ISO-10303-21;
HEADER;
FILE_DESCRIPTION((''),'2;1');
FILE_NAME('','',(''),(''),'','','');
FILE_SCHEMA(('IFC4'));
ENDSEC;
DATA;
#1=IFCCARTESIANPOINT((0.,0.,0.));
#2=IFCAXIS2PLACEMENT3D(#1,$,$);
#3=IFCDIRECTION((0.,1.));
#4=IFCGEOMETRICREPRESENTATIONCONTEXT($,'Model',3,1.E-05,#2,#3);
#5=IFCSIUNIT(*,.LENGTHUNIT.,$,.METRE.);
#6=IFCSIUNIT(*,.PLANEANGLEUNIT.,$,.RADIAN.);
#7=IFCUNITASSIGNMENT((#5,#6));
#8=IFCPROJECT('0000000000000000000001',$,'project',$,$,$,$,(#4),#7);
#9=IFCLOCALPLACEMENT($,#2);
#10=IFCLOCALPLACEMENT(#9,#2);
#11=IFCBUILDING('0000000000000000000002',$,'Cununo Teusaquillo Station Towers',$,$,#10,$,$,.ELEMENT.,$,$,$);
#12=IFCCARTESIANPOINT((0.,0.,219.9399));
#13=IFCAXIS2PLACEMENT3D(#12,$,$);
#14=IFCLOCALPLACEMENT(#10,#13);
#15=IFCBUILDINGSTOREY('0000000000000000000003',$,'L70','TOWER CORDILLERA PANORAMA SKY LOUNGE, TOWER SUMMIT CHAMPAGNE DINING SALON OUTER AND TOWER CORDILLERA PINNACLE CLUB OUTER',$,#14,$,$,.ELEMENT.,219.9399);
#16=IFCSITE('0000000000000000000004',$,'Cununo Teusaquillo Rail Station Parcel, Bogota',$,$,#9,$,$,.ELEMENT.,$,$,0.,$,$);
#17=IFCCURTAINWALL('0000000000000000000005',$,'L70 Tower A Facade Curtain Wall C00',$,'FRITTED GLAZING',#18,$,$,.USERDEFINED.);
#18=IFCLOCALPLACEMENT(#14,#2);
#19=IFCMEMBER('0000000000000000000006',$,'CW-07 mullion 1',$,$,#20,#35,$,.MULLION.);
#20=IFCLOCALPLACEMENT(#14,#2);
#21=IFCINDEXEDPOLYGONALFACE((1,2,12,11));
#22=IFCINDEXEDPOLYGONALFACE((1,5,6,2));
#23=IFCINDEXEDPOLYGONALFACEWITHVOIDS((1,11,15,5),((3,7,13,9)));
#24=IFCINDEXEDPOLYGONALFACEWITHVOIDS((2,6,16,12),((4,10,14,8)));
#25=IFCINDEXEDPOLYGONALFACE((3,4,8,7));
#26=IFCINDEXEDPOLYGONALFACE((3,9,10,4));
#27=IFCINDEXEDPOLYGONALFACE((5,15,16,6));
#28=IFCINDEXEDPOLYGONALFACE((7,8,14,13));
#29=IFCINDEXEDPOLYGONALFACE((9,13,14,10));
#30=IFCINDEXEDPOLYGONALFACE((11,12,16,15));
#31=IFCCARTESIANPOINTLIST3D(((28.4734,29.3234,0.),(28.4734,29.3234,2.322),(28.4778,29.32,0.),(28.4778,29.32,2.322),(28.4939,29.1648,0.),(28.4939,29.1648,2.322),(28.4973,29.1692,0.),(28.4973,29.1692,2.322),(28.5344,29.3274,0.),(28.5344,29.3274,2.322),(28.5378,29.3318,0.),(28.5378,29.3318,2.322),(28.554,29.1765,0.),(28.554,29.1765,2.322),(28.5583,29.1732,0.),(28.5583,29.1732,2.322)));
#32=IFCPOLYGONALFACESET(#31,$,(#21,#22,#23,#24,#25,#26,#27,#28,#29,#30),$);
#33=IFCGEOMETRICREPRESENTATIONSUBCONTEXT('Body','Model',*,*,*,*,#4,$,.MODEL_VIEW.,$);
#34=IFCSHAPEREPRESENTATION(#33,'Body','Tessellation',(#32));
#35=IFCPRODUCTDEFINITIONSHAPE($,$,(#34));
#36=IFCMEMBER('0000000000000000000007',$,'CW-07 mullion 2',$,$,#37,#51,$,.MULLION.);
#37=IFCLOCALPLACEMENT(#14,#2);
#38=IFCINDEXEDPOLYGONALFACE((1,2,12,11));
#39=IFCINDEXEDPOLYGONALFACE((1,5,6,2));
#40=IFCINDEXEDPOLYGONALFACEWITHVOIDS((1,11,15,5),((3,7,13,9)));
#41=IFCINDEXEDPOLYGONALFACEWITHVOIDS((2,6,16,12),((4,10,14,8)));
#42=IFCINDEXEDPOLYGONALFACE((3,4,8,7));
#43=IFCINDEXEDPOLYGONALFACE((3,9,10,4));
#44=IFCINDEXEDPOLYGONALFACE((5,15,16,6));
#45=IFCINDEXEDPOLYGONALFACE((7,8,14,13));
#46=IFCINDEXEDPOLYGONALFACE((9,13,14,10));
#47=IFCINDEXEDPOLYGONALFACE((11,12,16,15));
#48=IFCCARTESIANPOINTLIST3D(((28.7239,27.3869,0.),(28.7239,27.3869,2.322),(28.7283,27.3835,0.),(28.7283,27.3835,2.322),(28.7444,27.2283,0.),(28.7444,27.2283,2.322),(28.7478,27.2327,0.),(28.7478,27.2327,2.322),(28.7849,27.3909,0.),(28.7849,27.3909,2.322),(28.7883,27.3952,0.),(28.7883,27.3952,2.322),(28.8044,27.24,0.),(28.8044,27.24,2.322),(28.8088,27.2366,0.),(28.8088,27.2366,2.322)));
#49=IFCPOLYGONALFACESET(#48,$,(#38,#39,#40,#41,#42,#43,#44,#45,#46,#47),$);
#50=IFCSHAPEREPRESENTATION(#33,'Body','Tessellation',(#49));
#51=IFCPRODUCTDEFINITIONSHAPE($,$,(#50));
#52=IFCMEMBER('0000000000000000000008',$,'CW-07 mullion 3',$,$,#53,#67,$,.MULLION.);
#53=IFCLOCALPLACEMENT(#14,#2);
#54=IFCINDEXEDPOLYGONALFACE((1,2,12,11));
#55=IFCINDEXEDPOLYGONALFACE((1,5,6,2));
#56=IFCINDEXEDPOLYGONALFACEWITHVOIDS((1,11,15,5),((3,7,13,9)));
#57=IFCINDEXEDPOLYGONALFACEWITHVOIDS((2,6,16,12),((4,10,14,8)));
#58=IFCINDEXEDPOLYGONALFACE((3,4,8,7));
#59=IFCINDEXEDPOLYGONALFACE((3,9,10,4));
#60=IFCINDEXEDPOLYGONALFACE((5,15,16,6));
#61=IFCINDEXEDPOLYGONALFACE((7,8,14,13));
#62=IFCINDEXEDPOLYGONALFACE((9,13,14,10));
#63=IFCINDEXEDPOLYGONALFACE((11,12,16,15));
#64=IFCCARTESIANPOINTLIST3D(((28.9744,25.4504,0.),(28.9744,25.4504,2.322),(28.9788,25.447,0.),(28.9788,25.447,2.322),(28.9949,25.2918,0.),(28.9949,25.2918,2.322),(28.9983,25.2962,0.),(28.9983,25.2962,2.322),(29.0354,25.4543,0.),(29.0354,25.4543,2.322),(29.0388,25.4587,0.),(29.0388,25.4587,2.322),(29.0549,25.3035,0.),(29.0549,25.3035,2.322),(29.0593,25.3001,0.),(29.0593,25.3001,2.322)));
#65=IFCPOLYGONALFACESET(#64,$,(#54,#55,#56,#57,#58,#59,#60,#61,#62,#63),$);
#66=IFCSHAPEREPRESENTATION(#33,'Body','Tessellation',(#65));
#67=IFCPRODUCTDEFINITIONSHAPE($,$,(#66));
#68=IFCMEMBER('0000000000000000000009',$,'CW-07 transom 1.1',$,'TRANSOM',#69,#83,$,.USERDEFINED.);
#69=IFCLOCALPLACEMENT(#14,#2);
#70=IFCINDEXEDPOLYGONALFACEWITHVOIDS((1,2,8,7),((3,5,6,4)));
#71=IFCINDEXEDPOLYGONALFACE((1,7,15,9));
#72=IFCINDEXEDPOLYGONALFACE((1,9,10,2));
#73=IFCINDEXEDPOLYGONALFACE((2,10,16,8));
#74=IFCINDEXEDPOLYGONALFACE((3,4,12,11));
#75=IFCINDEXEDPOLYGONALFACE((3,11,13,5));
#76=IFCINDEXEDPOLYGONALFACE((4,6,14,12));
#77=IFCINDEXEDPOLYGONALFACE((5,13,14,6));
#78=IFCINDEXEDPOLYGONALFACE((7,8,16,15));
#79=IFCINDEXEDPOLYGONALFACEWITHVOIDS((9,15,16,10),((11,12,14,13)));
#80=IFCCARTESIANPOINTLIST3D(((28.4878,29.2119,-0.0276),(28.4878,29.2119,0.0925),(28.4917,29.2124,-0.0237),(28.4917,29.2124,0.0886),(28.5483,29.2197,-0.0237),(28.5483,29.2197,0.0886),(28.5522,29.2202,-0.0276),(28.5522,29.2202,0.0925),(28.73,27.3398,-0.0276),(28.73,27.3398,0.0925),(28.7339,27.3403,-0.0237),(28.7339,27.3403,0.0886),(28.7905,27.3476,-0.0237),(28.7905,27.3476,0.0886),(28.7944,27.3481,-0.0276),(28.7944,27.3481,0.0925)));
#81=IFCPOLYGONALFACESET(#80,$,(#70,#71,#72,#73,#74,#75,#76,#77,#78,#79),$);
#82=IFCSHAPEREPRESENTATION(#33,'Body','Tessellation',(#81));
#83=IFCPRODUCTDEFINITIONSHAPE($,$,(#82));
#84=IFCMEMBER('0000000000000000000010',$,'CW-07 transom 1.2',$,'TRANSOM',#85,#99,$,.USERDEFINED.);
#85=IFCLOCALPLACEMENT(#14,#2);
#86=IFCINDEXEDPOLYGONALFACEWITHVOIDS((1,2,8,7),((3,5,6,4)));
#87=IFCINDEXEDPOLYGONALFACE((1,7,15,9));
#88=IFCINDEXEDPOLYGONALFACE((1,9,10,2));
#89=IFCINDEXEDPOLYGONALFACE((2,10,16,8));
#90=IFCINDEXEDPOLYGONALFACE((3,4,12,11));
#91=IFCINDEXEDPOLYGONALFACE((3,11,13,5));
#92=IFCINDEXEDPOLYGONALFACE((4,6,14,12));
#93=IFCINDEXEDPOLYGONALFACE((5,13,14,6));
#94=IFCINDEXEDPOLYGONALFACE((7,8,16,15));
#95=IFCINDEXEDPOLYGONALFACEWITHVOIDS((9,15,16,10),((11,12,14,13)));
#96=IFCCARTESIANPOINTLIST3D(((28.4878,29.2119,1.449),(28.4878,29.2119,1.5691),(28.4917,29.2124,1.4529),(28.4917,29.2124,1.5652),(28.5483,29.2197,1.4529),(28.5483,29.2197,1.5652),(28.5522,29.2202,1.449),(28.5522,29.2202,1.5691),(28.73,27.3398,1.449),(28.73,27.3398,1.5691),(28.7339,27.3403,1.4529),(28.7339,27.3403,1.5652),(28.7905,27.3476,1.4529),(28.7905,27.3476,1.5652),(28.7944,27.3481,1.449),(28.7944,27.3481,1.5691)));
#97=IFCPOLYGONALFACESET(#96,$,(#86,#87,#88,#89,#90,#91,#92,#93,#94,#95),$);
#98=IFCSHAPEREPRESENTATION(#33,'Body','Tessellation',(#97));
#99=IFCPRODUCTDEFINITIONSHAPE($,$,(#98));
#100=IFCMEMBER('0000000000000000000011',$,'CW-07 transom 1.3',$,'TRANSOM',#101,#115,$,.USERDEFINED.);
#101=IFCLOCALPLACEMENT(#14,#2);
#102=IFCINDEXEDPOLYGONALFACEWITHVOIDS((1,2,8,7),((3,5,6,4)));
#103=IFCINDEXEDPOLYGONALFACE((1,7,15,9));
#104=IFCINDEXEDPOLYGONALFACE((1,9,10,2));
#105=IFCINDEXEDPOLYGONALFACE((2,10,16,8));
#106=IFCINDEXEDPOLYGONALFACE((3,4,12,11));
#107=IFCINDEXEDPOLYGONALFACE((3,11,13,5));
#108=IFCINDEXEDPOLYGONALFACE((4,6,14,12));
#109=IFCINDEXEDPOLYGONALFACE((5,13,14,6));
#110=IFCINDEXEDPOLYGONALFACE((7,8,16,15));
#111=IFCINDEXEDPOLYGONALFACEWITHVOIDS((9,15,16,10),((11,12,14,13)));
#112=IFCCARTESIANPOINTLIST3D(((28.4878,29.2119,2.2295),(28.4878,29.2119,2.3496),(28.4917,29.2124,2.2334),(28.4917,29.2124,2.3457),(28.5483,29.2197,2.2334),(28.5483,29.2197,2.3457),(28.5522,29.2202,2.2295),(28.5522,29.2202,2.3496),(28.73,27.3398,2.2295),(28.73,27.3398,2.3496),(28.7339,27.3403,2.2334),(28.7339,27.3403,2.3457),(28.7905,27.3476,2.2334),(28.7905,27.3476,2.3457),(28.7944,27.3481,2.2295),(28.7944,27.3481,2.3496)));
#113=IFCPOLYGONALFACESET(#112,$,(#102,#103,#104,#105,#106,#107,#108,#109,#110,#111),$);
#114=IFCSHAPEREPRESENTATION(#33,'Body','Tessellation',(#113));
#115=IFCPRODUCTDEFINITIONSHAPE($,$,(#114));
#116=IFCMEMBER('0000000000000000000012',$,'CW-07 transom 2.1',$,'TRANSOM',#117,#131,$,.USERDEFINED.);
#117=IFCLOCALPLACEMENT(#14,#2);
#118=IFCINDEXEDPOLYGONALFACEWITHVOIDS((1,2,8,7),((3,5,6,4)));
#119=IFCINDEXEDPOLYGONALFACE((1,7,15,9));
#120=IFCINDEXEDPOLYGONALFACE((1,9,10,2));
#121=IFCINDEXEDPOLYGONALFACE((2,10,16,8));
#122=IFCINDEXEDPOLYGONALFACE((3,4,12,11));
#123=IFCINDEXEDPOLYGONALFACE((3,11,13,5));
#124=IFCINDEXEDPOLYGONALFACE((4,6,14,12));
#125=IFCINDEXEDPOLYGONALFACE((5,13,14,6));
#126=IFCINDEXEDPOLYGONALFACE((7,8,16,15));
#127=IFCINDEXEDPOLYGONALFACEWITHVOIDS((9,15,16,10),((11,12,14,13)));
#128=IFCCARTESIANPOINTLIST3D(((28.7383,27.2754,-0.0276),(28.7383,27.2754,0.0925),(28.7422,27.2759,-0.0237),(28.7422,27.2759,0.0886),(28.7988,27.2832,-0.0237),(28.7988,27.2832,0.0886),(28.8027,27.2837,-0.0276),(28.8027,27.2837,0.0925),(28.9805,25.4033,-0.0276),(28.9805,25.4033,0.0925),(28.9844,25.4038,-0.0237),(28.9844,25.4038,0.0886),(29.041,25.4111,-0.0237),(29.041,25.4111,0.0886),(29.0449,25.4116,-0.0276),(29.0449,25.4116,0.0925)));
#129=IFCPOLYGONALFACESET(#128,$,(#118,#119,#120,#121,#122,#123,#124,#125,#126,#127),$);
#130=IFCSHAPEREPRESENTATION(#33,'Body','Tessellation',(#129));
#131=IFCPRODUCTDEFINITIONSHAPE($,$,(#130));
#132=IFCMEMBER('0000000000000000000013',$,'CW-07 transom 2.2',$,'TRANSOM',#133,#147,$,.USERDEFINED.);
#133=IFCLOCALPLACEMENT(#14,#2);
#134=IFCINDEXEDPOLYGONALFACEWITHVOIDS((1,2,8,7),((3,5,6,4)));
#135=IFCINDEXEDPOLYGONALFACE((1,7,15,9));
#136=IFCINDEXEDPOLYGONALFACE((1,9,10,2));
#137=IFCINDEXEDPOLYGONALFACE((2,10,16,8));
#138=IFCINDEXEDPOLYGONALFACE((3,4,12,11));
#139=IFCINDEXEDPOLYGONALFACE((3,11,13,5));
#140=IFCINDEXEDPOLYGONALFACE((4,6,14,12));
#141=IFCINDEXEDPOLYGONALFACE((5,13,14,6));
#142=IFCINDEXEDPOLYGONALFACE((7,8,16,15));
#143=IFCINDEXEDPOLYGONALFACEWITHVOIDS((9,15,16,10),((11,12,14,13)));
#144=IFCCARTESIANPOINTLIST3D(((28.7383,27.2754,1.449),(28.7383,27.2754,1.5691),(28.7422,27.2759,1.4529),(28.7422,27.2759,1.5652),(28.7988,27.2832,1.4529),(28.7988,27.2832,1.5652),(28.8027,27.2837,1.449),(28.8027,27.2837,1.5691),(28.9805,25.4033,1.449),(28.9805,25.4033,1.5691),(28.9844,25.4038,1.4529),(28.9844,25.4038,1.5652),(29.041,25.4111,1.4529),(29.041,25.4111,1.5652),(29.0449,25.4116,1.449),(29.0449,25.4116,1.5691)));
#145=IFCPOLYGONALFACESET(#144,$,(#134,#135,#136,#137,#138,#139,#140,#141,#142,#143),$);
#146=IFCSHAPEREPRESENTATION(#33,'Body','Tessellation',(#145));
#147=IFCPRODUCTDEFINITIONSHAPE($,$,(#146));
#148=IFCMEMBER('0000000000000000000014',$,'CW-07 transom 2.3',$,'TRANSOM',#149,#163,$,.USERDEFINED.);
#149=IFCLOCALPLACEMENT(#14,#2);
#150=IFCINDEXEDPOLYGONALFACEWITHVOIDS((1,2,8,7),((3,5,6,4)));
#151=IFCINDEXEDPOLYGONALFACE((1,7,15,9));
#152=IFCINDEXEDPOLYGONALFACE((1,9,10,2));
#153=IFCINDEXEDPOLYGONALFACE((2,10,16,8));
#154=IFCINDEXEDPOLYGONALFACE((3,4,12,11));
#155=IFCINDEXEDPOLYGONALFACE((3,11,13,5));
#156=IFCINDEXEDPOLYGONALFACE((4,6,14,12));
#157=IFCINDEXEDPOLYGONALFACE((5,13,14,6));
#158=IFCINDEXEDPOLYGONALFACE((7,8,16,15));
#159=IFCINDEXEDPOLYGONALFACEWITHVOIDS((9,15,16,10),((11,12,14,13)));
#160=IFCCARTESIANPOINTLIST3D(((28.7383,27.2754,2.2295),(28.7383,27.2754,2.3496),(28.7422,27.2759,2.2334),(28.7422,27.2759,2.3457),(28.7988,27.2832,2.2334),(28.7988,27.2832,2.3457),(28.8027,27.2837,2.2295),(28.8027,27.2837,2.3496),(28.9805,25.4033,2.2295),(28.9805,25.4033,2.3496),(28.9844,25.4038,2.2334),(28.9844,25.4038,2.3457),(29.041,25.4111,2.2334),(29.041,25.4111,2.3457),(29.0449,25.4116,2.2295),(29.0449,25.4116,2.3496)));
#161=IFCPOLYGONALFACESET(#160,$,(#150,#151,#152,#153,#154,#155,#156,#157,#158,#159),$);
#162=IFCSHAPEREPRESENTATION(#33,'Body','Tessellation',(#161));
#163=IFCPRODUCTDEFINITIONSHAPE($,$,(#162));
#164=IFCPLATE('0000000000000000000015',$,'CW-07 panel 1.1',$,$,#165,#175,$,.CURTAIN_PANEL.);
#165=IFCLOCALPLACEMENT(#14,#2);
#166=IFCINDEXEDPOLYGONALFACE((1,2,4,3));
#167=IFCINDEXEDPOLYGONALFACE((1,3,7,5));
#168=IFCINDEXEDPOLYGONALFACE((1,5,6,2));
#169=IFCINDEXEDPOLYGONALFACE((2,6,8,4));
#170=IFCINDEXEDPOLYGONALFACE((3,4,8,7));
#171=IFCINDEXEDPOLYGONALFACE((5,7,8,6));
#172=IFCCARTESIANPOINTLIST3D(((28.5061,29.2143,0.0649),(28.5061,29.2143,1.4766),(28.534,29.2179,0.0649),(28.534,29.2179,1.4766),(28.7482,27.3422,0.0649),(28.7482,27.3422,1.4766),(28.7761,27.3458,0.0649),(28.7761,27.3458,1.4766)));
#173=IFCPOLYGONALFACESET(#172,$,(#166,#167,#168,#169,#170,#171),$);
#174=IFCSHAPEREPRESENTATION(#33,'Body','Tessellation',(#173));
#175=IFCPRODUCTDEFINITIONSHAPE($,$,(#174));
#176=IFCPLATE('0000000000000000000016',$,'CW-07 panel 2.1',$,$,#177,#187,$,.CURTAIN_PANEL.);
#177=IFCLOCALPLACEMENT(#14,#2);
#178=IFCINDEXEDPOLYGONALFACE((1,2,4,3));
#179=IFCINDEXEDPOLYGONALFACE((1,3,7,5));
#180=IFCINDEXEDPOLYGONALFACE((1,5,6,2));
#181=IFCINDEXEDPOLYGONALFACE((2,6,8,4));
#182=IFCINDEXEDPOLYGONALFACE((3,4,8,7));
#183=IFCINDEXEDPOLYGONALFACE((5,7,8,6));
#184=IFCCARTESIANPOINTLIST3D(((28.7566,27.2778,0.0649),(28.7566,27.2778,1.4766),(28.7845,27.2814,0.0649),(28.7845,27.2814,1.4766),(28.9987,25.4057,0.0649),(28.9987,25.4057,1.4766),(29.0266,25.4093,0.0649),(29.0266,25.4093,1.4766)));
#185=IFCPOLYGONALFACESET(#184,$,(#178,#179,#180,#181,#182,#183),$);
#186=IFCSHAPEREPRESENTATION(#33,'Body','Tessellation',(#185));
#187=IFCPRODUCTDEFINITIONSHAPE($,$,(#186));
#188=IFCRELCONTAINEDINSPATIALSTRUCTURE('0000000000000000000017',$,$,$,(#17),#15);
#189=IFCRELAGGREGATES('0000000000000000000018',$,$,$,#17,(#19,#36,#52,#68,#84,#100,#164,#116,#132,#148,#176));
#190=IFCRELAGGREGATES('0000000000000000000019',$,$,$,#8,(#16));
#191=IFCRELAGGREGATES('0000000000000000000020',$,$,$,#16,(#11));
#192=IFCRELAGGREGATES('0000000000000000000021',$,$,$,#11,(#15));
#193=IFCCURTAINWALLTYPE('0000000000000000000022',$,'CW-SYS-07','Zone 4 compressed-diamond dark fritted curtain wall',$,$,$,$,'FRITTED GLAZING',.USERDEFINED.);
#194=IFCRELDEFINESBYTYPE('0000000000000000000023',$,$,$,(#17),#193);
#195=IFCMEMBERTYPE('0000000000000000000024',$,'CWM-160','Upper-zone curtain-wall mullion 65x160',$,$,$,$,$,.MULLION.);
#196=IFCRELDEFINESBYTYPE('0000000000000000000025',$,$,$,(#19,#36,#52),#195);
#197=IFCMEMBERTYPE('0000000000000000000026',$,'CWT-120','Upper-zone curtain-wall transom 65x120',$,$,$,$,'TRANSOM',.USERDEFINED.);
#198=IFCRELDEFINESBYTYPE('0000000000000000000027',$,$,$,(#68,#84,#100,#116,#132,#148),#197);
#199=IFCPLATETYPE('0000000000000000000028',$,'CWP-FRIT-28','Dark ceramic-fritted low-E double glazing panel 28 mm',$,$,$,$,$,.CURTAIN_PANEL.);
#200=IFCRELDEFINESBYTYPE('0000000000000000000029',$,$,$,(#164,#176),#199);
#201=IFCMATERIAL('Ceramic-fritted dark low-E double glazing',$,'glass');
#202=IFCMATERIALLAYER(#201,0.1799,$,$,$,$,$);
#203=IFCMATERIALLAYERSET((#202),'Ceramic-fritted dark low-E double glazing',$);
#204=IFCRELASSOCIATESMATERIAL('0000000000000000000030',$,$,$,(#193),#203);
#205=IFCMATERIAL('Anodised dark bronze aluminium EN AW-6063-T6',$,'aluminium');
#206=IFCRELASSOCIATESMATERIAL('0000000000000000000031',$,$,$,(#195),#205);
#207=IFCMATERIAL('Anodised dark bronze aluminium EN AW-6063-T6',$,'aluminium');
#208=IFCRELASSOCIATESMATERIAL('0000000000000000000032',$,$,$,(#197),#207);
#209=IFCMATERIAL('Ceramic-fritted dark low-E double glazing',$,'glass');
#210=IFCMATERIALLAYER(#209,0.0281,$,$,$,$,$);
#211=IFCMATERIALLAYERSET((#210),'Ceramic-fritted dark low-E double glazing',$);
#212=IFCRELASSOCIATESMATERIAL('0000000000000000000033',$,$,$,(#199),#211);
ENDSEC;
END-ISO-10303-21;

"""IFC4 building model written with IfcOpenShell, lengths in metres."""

from ifc_helpers import new_model, si_unit, direction, frame, origin, origin_2d, place, context, subcontext, project, spatial, rectangle, hollow_rectangle, extrude, source, transform, mapped, material, layer, layer_set, material_profile, profile_set, type_object, element, aggregate, save


model = new_model("IFC4")

# Units and contexts
model_context = context("Model", 3, precision=1e-05, world=origin(), true_north=direction((0.0, 1.0)))
body_context = subcontext(model_context, "Body", "Model", "MODEL_VIEW")
ifc_project = project(units=[si_unit("LENGTHUNIT", "METRE"), si_unit("PLANEANGLEUNIT", "RADIAN")], contexts=[model_context])

# Site, building, storey
site_placement = place(None, origin())
site = spatial("IfcSite", under=ifc_project, at=site_placement, Name="Cununo Teusaquillo Rail Station Parcel, Bogota", CompositionType="ELEMENT", RefElevation=0.0)
building_placement = place(site_placement, origin())
building = spatial("IfcBuilding", under=site, at=building_placement, Name="Cununo Teusaquillo Station Towers", CompositionType="ELEMENT")
storey_placement = place(building_placement, frame((0.0, 0.0, 219.9399)))
storey = spatial("IfcBuildingStorey", under=building, at=storey_placement, Name="L70", Description="TOWER CORDILLERA PANORAMA SKY LOUNGE, TOWER SUMMIT CHAMPAGNE DINING SALON OUTER AND TOWER CORDILLERA PINNACLE CLUB OUTER", CompositionType="ELEMENT", Elevation=219.9399)

# Curtain wall, members, plates
ifc_material_1 = material(Name="Ceramic-fritted dark low-E double glazing", Category="glass")
ifc_layer_1 = layer(ifc_material_1, 0.1799)
ifc_layer_set_1 = layer_set([ifc_layer_1], Name="Ceramic-fritted dark low-E double glazing")
curtain_wall_type = type_object("IfcCurtainWallType", Name="CW-SYS-07", Description="Zone 4 compressed-diamond dark fritted curtain wall", ElementType="FRITTED GLAZING", PredefinedType="USERDEFINED", material=ifc_layer_set_1)
curtain_wall_placement = place(storey_placement, origin())
curtain_wall = element("IfcCurtainWall", 1, at=curtain_wall_placement, inside=storey, type_object=curtain_wall_type, Name="L70 Tower A Facade Curtain Wall C00", ObjectType="FRITTED GLAZING", PredefinedType="USERDEFINED")
ifc_material_2 = material(Name="Anodised dark bronze aluminium EN AW-6063-T6", Category="aluminium")
ifc_material_profile_1 = material_profile(ifc_material_2, hollow_rectangle(XDim=0.0649, YDim=0.1599, WallThickness=0.0039, at=origin_2d()), Name="CW-MULL-65x160")
ifc_profile_set_1 = profile_set([ifc_material_profile_1], Name="Anodised dark bronze aluminium EN AW-6063-T6")
member_type_1 = type_object("IfcMemberType", Name="CWM-160", Description="Upper-zone curtain-wall mullion 65x160", PredefinedType="MULLION", material=ifc_profile_set_1)
member_1_placement = place(storey_placement, frame((28.5159, 29.2483, 0.0), z_axis=(0.0, 0.0, 1.0), x_axis=(0.991742, 0.128253, 0.0)))
member_1 = element("IfcMember", 2, at=member_1_placement, type_object=member_type_1, Name="CW-07 mullion 1", PredefinedType="MULLION", context=body_context, shape_type="SweptSolid", body=[
    extrude(hollow_rectangle(XDim=0.0649, YDim=0.1599, WallThickness=0.0039, at=origin_2d()), origin(), (0.0, 0.0, 1.0), 2.322),
])
member_2_placement = place(storey_placement, frame((28.7664, 27.3118, 0.0), z_axis=(0.0, 0.0, 1.0), x_axis=(0.991742, 0.128253, 0.0)))
member_2 = element("IfcMember", 3, at=member_2_placement, type_object=member_type_1, Name="CW-07 mullion 2", PredefinedType="MULLION", context=body_context, shape_type="SweptSolid", body=[
    extrude(hollow_rectangle(XDim=0.0649, YDim=0.1599, WallThickness=0.0039, at=origin_2d()), origin(), (0.0, 0.0, 1.0), 2.322),
])
member_3_placement = place(storey_placement, frame((29.0168, 25.3752, 0.0), z_axis=(0.0, 0.0, 1.0), x_axis=(0.991742, 0.128253, 0.0)))
member_3 = element("IfcMember", 4, at=member_3_placement, type_object=member_type_1, Name="CW-07 mullion 3", PredefinedType="MULLION", context=body_context, shape_type="SweptSolid", body=[
    extrude(hollow_rectangle(XDim=0.0649, YDim=0.1599, WallThickness=0.0039, at=origin_2d()), origin(), (0.0, 0.0, 1.0), 2.322),
])
ifc_material_3 = material(Name="Anodised dark bronze aluminium EN AW-6063-T6", Category="aluminium")
ifc_material_profile_2 = material_profile(ifc_material_3, hollow_rectangle(XDim=0.0649, YDim=0.1201, WallThickness=0.0039, at=origin_2d()), Name="CW-TRAN-65x120")
ifc_profile_set_2 = profile_set([ifc_material_profile_2], Name="Anodised dark bronze aluminium EN AW-6063-T6")
member_type_2 = type_object("IfcMemberType", Name="CWT-120", Description="Upper-zone curtain-wall transom 65x120", ElementType="TRANSOM", PredefinedType="USERDEFINED", material=ifc_profile_set_2)
member_4_placement = place(storey_placement, frame((28.52, 29.2161, 0.0325), z_axis=(0.1283, -0.991735, 0.0), x_axis=(0.991735, 0.1283, 0.0)))
member_4 = element("IfcMember", 5, at=member_4_placement, type_object=member_type_2, Name="CW-07 transom 1.1", ObjectType="TRANSOM", PredefinedType="USERDEFINED", context=body_context, shape_type="SweptSolid", body=[
    extrude(hollow_rectangle(XDim=0.0649, YDim=0.1201, WallThickness=0.0039, at=origin_2d()), origin(), (0.0, 0.0, 1.0), 1.8877),
])
member_5_placement = place(storey_placement, frame((28.52, 29.2161, 1.509), z_axis=(0.1283, -0.991735, 0.0), x_axis=(0.991735, 0.1283, 0.0)))
member_5 = element("IfcMember", 6, at=member_5_placement, type_object=member_type_2, Name="CW-07 transom 1.2", ObjectType="TRANSOM", PredefinedType="USERDEFINED", context=body_context, shape_type="SweptSolid", body=[
    extrude(hollow_rectangle(XDim=0.0649, YDim=0.1201, WallThickness=0.0039, at=origin_2d()), origin(), (0.0, 0.0, 1.0), 1.8877),
])
member_6_placement = place(storey_placement, frame((28.52, 29.2161, 2.2896), z_axis=(0.1283, -0.991735, 0.0), x_axis=(0.991735, 0.1283, 0.0)))
member_6 = element("IfcMember", 7, at=member_6_placement, type_object=member_type_2, Name="CW-07 transom 1.3", ObjectType="TRANSOM", PredefinedType="USERDEFINED", context=body_context, shape_type="SweptSolid", body=[
    extrude(hollow_rectangle(XDim=0.0649, YDim=0.1201, WallThickness=0.0039, at=origin_2d()), origin(), (0.0, 0.0, 1.0), 1.8877),
])
member_7_placement = place(storey_placement, frame((28.7705, 27.2795, 0.0325), z_axis=(0.1283, -0.991735, 0.0), x_axis=(0.991735, 0.1283, 0.0)))
member_7 = element("IfcMember", 8, at=member_7_placement, type_object=member_type_2, Name="CW-07 transom 2.1", ObjectType="TRANSOM", PredefinedType="USERDEFINED", context=body_context, shape_type="SweptSolid", body=[
    extrude(hollow_rectangle(XDim=0.0649, YDim=0.1201, WallThickness=0.0039, at=origin_2d()), origin(), (0.0, 0.0, 1.0), 1.8877),
])
member_8_placement = place(storey_placement, frame((28.7705, 27.2795, 1.509), z_axis=(0.1283, -0.991735, 0.0), x_axis=(0.991735, 0.1283, 0.0)))
member_8 = element("IfcMember", 9, at=member_8_placement, type_object=member_type_2, Name="CW-07 transom 2.2", ObjectType="TRANSOM", PredefinedType="USERDEFINED", context=body_context, shape_type="SweptSolid", body=[
    extrude(hollow_rectangle(XDim=0.0649, YDim=0.1201, WallThickness=0.0039, at=origin_2d()), origin(), (0.0, 0.0, 1.0), 1.8877),
])
member_9_placement = place(storey_placement, frame((28.7705, 27.2795, 2.2896), z_axis=(0.1283, -0.991735, 0.0), x_axis=(0.991735, 0.1283, 0.0)))
member_9 = element("IfcMember", 10, at=member_9_placement, type_object=member_type_2, Name="CW-07 transom 2.3", ObjectType="TRANSOM", PredefinedType="USERDEFINED", context=body_context, shape_type="SweptSolid", body=[
    extrude(hollow_rectangle(XDim=0.0649, YDim=0.1201, WallThickness=0.0039, at=origin_2d()), origin(), (0.0, 0.0, 1.0), 1.8877),
])
ifc_material_4 = material(Name="Ceramic-fritted dark low-E double glazing", Category="glass")
ifc_layer_2 = layer(ifc_material_4, 0.0281)
ifc_layer_set_2 = layer_set([ifc_layer_2], Name="Ceramic-fritted dark low-E double glazing")
plate_type = type_object("IfcPlateType", Name="CWP-FRIT-28", Description="Dark ceramic-fritted low-E double glazing panel 28 mm", PredefinedType="CURTAIN_PANEL", material=ifc_layer_set_2)
shared_shape_1 = source(origin(), body_context, "Body", "SweptSolid", [
    extrude(rectangle(XDim=1.8877, YDim=0.0281, at=origin_2d()), origin(), (0.0, 0.0, 1.0), 1.4116),
])
plate_1_placement = place(storey_placement, frame((28.6411, 28.28, 0.0649), z_axis=(0.0, 0.0, 1.0), x_axis=(0.128253, -0.991742, 0.0)))
plate_1 = element("IfcPlate", 11, at=plate_1_placement, type_object=plate_type, Name="CW-07 panel 1.1", PredefinedType="CURTAIN_PANEL", context=body_context, shape_type="MappedRepresentation", body=[
    mapped(shared_shape_1, transform((0.0, 0.0, 0.0), x_axis=(1.0, 0.0, 0.0), y_axis=(0.0, 1.0, 0.0), z_axis=(0.0, 0.0, 1.0), scale=1.0)),
])
plate_2_placement = place(storey_placement, frame((28.8916, 26.3435, 0.0649), z_axis=(0.0, 0.0, 1.0), x_axis=(0.128253, -0.991742, 0.0)))
plate_2 = element("IfcPlate", 12, at=plate_2_placement, type_object=plate_type, Name="CW-07 panel 2.1", PredefinedType="CURTAIN_PANEL", context=body_context, shape_type="MappedRepresentation", body=[
    mapped(shared_shape_1, transform((0.0, 0.0, 0.0), x_axis=(1.0, 0.0, 0.0), y_axis=(0.0, 1.0, 0.0), z_axis=(0.0, 0.0, 1.0), scale=1.0)),
])
aggregate(curtain_wall, [member_1, member_2, member_3, member_4, member_5, member_6, plate_1, member_7, member_8, member_9, plate_2])

save(model, "model.ifc")
